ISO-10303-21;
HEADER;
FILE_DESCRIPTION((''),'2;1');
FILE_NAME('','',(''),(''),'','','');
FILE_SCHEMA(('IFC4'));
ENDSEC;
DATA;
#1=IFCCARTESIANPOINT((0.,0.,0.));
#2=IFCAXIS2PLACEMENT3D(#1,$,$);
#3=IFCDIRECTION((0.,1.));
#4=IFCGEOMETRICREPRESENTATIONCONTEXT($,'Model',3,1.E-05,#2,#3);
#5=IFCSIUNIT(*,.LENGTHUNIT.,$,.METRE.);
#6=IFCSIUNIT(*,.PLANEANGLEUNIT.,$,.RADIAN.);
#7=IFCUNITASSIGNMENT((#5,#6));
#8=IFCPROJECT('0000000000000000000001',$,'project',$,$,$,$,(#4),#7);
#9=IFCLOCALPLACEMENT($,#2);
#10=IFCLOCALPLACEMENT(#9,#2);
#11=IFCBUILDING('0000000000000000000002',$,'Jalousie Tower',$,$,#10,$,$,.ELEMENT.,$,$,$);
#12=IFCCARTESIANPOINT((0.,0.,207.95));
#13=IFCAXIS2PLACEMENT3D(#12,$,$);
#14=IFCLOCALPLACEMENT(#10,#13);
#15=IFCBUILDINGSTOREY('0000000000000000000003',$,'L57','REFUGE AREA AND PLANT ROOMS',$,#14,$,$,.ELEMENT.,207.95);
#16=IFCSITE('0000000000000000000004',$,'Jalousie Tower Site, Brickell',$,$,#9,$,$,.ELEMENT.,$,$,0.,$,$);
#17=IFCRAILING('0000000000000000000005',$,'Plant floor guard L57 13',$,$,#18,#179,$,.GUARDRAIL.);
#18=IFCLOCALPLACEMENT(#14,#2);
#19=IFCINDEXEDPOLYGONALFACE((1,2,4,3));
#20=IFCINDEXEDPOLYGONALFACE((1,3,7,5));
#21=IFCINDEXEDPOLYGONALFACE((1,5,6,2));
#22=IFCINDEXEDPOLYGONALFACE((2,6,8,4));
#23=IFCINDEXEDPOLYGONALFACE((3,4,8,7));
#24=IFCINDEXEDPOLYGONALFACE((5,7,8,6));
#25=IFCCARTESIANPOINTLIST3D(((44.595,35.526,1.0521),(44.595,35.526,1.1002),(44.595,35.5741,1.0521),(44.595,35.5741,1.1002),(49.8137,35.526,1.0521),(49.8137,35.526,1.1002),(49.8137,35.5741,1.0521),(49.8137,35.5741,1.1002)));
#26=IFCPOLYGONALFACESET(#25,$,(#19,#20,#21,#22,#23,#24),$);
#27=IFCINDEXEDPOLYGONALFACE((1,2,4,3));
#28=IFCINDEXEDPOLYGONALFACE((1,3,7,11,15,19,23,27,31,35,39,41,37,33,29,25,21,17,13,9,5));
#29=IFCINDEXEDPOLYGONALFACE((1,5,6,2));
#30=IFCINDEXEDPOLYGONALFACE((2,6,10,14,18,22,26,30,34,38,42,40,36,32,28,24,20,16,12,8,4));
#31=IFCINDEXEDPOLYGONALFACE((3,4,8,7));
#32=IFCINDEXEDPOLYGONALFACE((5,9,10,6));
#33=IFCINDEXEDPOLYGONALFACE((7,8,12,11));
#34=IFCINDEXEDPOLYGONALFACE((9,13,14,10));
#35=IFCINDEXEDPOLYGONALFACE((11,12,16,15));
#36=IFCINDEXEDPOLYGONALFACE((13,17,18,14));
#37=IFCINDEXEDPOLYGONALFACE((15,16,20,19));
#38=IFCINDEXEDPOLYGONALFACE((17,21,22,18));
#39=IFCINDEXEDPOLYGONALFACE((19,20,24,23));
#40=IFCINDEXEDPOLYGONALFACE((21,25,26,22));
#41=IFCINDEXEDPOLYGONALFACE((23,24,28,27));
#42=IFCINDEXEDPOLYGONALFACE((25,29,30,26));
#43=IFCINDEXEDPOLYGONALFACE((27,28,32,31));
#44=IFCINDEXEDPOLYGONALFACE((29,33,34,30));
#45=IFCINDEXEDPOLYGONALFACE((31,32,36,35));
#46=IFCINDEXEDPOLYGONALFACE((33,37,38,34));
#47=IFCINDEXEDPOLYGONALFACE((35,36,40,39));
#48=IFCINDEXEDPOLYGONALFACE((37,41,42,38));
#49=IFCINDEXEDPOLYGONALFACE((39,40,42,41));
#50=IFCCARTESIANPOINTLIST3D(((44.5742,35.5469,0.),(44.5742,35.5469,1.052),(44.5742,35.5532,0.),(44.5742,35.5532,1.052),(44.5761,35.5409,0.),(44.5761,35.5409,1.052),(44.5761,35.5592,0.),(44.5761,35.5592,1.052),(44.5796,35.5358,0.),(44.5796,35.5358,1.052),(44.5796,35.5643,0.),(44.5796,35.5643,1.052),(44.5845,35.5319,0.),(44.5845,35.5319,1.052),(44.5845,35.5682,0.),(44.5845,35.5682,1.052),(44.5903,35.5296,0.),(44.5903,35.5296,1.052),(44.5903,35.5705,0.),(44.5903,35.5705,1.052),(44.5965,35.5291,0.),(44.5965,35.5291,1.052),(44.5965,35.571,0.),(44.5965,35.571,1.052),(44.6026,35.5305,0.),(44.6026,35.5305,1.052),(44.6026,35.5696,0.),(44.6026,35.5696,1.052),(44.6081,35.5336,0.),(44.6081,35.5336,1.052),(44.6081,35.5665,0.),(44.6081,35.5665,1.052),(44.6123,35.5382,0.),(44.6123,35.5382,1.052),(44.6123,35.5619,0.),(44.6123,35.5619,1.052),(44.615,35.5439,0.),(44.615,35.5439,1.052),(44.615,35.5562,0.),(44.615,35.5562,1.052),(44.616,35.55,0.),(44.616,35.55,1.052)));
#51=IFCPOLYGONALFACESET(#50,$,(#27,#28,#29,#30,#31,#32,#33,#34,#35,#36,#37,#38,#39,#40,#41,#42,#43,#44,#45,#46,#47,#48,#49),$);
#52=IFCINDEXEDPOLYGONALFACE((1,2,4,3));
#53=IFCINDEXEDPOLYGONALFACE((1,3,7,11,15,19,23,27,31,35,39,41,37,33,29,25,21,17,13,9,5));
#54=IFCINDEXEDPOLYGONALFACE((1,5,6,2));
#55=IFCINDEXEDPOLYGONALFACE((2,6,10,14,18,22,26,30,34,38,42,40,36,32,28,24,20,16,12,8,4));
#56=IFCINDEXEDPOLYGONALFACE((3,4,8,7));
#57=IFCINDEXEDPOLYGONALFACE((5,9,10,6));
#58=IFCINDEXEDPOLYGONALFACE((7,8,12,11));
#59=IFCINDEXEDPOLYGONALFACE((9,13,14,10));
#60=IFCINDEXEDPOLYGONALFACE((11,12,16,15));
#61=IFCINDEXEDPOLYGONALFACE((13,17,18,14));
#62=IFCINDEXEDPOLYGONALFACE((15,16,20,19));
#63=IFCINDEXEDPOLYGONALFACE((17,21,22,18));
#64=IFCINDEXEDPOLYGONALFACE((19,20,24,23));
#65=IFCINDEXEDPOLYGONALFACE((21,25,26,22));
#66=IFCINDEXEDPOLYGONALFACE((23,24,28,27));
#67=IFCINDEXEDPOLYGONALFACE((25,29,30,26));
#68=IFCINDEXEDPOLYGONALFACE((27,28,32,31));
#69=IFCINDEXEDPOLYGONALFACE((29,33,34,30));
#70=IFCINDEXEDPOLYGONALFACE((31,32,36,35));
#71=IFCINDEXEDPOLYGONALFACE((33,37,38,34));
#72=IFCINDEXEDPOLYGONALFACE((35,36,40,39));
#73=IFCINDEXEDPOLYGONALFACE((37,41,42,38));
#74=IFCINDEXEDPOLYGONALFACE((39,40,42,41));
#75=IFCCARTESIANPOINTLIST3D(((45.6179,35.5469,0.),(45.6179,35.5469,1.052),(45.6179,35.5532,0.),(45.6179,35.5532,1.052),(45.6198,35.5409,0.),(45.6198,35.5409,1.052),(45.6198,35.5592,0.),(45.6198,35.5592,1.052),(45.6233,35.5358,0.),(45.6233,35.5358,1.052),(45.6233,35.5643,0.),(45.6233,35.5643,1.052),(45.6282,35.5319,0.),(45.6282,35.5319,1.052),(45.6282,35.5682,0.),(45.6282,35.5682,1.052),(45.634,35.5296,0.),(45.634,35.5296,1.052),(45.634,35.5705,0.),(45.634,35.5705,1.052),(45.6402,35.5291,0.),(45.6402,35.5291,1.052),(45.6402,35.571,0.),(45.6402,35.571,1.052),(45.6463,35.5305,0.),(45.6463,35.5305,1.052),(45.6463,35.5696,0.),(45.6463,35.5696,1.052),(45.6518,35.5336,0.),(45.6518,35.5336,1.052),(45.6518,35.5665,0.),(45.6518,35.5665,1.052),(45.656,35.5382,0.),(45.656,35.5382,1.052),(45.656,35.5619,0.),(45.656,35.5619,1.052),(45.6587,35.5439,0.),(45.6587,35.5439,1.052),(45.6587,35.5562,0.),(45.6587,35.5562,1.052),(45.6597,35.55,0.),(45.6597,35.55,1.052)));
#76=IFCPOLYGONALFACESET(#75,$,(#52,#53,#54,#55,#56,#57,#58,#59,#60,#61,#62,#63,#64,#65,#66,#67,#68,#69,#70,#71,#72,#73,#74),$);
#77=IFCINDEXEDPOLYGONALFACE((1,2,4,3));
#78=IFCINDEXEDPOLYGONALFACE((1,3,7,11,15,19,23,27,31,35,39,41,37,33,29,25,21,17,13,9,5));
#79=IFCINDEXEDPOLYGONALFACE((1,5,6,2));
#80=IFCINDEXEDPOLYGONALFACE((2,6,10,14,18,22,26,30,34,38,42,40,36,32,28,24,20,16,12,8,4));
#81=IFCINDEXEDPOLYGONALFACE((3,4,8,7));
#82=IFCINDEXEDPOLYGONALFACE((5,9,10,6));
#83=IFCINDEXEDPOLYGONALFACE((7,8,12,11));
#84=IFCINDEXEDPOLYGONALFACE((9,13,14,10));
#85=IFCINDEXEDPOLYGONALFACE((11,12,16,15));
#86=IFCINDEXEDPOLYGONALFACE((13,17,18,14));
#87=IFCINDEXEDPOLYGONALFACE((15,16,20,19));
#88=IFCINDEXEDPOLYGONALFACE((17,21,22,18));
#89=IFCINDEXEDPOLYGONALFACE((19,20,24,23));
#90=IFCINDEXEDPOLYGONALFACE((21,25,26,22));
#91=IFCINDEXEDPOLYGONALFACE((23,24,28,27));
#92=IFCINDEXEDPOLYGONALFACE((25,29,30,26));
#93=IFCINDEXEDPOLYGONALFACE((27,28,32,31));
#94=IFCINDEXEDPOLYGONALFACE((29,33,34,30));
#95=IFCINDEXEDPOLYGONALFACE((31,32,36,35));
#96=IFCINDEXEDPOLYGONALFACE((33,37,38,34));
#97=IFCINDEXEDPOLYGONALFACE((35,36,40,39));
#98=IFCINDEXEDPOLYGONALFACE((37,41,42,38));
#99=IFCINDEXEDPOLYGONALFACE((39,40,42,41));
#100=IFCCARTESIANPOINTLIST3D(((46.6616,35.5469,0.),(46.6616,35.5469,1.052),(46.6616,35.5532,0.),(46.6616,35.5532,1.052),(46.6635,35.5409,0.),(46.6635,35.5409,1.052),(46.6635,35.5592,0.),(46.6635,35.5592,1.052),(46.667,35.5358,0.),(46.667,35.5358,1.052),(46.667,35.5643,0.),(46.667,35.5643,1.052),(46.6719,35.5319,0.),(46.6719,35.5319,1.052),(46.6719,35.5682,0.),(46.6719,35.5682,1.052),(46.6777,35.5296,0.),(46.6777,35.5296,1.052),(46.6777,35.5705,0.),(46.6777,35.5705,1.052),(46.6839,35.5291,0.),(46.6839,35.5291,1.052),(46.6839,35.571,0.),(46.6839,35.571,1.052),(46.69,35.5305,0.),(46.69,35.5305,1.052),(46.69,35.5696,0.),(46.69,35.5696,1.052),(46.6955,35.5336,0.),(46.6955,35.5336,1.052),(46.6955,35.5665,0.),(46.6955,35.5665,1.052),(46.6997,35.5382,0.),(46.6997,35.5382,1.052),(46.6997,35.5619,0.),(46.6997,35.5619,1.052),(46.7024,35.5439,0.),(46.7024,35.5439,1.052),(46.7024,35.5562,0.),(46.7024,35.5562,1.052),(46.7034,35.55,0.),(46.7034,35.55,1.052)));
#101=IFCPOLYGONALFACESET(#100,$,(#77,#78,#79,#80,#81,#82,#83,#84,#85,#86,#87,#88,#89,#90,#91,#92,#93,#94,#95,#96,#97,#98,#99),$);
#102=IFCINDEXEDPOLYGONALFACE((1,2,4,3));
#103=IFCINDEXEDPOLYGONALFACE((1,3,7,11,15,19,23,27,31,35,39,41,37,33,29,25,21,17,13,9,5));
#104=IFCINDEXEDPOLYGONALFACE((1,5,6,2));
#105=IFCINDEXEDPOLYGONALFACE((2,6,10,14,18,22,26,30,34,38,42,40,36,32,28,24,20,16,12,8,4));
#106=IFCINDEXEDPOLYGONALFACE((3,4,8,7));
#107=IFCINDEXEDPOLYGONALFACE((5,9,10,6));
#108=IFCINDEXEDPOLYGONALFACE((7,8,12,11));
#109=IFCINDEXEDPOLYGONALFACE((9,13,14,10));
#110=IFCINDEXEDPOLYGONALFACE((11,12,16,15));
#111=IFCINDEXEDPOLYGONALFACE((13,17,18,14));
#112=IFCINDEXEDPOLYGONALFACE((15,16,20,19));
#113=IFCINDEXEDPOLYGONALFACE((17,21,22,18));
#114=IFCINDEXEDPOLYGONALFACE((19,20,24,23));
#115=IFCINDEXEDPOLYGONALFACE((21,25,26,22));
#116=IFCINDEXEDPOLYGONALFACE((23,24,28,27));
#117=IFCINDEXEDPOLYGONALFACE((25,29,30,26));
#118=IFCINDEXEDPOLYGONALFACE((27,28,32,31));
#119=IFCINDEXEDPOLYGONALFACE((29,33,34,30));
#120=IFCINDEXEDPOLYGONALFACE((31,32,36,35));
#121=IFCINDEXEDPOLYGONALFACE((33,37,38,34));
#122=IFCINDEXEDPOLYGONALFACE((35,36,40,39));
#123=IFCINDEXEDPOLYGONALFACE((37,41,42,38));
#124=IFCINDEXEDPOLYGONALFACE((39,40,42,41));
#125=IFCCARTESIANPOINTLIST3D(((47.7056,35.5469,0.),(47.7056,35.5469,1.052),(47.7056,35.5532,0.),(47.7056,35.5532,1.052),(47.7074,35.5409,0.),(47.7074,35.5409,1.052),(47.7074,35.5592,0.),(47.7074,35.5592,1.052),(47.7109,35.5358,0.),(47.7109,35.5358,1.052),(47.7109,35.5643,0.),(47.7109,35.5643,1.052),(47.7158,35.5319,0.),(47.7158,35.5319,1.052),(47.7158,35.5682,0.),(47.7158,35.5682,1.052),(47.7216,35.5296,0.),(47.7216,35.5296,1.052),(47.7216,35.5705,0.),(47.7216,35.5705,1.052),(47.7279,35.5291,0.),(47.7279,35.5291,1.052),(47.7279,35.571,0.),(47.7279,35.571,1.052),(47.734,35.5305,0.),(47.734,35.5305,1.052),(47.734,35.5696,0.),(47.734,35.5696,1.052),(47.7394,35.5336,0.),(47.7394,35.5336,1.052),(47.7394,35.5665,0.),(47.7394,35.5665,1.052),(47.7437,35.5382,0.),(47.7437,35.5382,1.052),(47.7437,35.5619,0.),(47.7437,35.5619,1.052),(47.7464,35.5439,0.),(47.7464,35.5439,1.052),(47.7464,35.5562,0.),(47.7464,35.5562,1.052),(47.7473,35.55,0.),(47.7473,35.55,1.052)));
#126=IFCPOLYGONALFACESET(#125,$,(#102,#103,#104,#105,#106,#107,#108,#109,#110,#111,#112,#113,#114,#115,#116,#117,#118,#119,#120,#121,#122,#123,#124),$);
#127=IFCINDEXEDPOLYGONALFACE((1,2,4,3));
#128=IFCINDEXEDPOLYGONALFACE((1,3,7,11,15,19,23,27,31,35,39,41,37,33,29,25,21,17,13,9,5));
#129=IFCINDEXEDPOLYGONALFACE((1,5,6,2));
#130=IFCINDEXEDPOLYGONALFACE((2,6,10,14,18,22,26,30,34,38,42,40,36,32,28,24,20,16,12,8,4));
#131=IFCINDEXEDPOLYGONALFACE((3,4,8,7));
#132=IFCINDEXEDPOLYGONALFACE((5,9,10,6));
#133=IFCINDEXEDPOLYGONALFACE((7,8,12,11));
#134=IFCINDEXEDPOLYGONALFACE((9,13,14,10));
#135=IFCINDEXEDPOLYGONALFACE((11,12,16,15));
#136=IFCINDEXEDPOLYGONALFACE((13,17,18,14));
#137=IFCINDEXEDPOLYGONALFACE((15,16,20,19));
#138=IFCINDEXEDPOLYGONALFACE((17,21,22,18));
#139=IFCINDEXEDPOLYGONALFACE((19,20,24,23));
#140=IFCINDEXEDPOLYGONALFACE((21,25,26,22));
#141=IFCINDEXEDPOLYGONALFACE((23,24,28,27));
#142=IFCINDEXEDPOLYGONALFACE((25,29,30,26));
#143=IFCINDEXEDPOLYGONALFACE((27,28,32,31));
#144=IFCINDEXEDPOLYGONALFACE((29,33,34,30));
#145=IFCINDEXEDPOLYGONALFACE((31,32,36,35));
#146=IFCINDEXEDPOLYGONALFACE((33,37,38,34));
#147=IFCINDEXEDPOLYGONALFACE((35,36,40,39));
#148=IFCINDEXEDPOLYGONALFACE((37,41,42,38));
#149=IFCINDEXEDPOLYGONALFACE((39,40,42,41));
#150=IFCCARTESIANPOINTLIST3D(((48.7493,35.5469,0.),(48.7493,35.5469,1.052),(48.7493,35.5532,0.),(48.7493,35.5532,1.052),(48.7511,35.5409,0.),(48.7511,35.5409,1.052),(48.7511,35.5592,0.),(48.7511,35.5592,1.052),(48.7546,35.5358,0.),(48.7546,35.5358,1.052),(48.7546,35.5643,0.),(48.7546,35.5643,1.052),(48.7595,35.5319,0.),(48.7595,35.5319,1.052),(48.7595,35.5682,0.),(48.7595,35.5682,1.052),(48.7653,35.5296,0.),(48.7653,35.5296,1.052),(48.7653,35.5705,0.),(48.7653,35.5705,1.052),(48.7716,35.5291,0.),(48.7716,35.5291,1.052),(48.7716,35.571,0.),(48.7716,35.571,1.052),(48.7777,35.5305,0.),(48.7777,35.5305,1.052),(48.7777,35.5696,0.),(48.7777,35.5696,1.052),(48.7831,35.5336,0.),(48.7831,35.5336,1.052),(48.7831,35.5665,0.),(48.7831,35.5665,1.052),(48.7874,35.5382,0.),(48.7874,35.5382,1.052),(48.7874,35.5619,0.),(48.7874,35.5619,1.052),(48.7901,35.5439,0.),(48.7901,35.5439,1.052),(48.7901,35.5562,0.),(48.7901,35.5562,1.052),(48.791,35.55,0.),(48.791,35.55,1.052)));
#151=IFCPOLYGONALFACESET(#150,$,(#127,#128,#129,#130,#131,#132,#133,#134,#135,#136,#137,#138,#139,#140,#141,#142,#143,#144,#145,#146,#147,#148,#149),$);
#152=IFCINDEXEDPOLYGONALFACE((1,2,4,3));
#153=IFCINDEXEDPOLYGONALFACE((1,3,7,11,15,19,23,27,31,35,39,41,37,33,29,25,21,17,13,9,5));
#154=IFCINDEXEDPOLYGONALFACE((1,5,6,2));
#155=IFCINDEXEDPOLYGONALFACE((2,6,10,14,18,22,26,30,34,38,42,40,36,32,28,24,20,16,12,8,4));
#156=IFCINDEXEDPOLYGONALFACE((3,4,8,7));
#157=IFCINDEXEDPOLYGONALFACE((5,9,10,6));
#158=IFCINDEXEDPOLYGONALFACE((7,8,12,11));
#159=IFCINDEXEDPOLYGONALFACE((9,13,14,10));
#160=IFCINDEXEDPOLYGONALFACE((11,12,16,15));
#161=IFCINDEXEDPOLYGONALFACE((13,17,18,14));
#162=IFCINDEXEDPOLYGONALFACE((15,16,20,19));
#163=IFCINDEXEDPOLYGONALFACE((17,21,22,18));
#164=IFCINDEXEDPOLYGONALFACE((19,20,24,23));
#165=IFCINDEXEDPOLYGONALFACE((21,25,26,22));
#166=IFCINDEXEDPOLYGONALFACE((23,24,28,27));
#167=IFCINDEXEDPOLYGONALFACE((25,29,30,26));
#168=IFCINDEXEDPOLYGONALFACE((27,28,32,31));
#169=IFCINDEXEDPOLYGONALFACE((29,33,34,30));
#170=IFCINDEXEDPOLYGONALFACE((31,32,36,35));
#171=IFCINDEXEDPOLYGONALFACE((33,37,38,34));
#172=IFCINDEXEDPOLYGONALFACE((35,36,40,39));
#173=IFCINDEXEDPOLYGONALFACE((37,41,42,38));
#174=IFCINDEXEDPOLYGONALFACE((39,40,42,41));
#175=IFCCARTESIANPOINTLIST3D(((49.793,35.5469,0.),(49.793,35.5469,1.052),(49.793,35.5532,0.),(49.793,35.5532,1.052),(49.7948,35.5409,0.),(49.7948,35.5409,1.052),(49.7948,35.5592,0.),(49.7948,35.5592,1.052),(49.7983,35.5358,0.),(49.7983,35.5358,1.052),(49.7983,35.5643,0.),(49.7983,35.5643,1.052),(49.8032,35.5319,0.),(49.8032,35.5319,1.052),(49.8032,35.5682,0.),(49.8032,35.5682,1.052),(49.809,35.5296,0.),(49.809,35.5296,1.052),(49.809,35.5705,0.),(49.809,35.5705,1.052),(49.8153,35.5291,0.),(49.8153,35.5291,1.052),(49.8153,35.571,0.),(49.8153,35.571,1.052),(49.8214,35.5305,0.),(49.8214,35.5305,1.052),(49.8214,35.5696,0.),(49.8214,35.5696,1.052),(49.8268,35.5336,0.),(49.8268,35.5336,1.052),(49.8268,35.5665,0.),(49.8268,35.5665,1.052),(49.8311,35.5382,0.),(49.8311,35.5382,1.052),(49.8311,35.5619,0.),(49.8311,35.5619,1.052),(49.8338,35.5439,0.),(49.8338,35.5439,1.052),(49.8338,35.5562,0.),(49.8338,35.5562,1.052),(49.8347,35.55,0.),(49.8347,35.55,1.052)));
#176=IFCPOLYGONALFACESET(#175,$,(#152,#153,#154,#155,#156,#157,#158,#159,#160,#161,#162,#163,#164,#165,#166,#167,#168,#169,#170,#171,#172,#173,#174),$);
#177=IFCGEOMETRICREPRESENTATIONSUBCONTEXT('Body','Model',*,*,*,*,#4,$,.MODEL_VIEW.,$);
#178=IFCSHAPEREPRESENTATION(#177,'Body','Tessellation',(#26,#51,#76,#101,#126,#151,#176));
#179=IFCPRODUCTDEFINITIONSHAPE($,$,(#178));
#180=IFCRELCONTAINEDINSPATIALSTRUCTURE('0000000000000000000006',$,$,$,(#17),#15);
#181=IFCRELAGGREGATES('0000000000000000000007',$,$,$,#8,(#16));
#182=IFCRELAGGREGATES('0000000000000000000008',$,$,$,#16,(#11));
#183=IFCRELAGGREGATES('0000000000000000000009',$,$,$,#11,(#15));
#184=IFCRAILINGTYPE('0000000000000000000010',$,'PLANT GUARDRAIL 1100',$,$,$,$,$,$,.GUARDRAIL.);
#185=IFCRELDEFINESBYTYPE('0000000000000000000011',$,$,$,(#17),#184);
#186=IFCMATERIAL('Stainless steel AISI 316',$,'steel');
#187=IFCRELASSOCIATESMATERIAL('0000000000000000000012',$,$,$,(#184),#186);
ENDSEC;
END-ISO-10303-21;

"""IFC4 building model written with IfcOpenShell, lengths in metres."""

from ifc_helpers import new_model, si_unit, direction, frame, origin, origin_2d, place, context, subcontext, project, spatial, rectangle, circle, extrude, material, type_object, element, save


model = new_model("IFC4")

# Units and contexts
model_context = context("Model", 3, precision=1e-05, world=origin(), true_north=direction((0.0, 1.0)))
body_context = subcontext(model_context, "Body", "Model", "MODEL_VIEW")
ifc_project = project(units=[si_unit("LENGTHUNIT", "METRE"), si_unit("PLANEANGLEUNIT", "RADIAN")], contexts=[model_context])

# Site, building, storey
site_placement = place(None, origin())
site = spatial("IfcSite", under=ifc_project, at=site_placement, Name="Jalousie Tower Site, Brickell", CompositionType="ELEMENT", RefElevation=0.0)
building_placement = place(site_placement, origin())
building = spatial("IfcBuilding", under=site, at=building_placement, Name="Jalousie Tower", CompositionType="ELEMENT")
storey_placement = place(building_placement, frame((0.0, 0.0, 207.95)))
storey = spatial("IfcBuildingStorey", under=building, at=storey_placement, Name="L57", Description="REFUGE AREA AND PLANT ROOMS", CompositionType="ELEMENT", Elevation=207.95)

# Railing
ifc_material_1 = material(Name="Stainless steel AISI 316", Category="steel")
railing_type_1 = type_object("IfcRailingType", Name="PLANT GUARDRAIL 1100", PredefinedType="GUARDRAIL", material=ifc_material_1)
railing_1_placement = place(storey_placement, frame((44.595, 35.55, 0.0)))
element("IfcRailing", 1, at=railing_1_placement, inside=storey, type_object=railing_type_1, Name="Plant floor guard L57 13", PredefinedType="GUARDRAIL", context=body_context, shape_type="SweptSolid", body=[
    extrude(rectangle(XDim=0.0481, YDim=0.0481, at=origin_2d()), frame((0.0, 0.0, 1.0762), z_axis=(1.0, 0.0, 0.0), x_axis=(0.0, 1.0, 0.0)), (0.0, 0.0, 1.0), 5.2188),
    extrude(circle(Radius=0.021, at=origin_2d()), origin(), (0.0, 0.0, 1.0), 1.052),
    extrude(circle(Radius=0.021, at=origin_2d()), frame((1.0437, 0.0, 0.0)), (0.0, 0.0, 1.0), 1.052),
    extrude(circle(Radius=0.021, at=origin_2d()), frame((2.0874, 0.0, 0.0)), (0.0, 0.0, 1.0), 1.052),
    extrude(circle(Radius=0.021, at=origin_2d()), frame((3.1313, 0.0, 0.0)), (0.0, 0.0, 1.0), 1.052),
    extrude(circle(Radius=0.021, at=origin_2d()), frame((4.175, 0.0, 0.0)), (0.0, 0.0, 1.0), 1.052),
    extrude(circle(Radius=0.021, at=origin_2d()), frame((5.2188, 0.0, 0.0)), (0.0, 0.0, 1.0), 1.052),
])

save(model, "model.ifc")
